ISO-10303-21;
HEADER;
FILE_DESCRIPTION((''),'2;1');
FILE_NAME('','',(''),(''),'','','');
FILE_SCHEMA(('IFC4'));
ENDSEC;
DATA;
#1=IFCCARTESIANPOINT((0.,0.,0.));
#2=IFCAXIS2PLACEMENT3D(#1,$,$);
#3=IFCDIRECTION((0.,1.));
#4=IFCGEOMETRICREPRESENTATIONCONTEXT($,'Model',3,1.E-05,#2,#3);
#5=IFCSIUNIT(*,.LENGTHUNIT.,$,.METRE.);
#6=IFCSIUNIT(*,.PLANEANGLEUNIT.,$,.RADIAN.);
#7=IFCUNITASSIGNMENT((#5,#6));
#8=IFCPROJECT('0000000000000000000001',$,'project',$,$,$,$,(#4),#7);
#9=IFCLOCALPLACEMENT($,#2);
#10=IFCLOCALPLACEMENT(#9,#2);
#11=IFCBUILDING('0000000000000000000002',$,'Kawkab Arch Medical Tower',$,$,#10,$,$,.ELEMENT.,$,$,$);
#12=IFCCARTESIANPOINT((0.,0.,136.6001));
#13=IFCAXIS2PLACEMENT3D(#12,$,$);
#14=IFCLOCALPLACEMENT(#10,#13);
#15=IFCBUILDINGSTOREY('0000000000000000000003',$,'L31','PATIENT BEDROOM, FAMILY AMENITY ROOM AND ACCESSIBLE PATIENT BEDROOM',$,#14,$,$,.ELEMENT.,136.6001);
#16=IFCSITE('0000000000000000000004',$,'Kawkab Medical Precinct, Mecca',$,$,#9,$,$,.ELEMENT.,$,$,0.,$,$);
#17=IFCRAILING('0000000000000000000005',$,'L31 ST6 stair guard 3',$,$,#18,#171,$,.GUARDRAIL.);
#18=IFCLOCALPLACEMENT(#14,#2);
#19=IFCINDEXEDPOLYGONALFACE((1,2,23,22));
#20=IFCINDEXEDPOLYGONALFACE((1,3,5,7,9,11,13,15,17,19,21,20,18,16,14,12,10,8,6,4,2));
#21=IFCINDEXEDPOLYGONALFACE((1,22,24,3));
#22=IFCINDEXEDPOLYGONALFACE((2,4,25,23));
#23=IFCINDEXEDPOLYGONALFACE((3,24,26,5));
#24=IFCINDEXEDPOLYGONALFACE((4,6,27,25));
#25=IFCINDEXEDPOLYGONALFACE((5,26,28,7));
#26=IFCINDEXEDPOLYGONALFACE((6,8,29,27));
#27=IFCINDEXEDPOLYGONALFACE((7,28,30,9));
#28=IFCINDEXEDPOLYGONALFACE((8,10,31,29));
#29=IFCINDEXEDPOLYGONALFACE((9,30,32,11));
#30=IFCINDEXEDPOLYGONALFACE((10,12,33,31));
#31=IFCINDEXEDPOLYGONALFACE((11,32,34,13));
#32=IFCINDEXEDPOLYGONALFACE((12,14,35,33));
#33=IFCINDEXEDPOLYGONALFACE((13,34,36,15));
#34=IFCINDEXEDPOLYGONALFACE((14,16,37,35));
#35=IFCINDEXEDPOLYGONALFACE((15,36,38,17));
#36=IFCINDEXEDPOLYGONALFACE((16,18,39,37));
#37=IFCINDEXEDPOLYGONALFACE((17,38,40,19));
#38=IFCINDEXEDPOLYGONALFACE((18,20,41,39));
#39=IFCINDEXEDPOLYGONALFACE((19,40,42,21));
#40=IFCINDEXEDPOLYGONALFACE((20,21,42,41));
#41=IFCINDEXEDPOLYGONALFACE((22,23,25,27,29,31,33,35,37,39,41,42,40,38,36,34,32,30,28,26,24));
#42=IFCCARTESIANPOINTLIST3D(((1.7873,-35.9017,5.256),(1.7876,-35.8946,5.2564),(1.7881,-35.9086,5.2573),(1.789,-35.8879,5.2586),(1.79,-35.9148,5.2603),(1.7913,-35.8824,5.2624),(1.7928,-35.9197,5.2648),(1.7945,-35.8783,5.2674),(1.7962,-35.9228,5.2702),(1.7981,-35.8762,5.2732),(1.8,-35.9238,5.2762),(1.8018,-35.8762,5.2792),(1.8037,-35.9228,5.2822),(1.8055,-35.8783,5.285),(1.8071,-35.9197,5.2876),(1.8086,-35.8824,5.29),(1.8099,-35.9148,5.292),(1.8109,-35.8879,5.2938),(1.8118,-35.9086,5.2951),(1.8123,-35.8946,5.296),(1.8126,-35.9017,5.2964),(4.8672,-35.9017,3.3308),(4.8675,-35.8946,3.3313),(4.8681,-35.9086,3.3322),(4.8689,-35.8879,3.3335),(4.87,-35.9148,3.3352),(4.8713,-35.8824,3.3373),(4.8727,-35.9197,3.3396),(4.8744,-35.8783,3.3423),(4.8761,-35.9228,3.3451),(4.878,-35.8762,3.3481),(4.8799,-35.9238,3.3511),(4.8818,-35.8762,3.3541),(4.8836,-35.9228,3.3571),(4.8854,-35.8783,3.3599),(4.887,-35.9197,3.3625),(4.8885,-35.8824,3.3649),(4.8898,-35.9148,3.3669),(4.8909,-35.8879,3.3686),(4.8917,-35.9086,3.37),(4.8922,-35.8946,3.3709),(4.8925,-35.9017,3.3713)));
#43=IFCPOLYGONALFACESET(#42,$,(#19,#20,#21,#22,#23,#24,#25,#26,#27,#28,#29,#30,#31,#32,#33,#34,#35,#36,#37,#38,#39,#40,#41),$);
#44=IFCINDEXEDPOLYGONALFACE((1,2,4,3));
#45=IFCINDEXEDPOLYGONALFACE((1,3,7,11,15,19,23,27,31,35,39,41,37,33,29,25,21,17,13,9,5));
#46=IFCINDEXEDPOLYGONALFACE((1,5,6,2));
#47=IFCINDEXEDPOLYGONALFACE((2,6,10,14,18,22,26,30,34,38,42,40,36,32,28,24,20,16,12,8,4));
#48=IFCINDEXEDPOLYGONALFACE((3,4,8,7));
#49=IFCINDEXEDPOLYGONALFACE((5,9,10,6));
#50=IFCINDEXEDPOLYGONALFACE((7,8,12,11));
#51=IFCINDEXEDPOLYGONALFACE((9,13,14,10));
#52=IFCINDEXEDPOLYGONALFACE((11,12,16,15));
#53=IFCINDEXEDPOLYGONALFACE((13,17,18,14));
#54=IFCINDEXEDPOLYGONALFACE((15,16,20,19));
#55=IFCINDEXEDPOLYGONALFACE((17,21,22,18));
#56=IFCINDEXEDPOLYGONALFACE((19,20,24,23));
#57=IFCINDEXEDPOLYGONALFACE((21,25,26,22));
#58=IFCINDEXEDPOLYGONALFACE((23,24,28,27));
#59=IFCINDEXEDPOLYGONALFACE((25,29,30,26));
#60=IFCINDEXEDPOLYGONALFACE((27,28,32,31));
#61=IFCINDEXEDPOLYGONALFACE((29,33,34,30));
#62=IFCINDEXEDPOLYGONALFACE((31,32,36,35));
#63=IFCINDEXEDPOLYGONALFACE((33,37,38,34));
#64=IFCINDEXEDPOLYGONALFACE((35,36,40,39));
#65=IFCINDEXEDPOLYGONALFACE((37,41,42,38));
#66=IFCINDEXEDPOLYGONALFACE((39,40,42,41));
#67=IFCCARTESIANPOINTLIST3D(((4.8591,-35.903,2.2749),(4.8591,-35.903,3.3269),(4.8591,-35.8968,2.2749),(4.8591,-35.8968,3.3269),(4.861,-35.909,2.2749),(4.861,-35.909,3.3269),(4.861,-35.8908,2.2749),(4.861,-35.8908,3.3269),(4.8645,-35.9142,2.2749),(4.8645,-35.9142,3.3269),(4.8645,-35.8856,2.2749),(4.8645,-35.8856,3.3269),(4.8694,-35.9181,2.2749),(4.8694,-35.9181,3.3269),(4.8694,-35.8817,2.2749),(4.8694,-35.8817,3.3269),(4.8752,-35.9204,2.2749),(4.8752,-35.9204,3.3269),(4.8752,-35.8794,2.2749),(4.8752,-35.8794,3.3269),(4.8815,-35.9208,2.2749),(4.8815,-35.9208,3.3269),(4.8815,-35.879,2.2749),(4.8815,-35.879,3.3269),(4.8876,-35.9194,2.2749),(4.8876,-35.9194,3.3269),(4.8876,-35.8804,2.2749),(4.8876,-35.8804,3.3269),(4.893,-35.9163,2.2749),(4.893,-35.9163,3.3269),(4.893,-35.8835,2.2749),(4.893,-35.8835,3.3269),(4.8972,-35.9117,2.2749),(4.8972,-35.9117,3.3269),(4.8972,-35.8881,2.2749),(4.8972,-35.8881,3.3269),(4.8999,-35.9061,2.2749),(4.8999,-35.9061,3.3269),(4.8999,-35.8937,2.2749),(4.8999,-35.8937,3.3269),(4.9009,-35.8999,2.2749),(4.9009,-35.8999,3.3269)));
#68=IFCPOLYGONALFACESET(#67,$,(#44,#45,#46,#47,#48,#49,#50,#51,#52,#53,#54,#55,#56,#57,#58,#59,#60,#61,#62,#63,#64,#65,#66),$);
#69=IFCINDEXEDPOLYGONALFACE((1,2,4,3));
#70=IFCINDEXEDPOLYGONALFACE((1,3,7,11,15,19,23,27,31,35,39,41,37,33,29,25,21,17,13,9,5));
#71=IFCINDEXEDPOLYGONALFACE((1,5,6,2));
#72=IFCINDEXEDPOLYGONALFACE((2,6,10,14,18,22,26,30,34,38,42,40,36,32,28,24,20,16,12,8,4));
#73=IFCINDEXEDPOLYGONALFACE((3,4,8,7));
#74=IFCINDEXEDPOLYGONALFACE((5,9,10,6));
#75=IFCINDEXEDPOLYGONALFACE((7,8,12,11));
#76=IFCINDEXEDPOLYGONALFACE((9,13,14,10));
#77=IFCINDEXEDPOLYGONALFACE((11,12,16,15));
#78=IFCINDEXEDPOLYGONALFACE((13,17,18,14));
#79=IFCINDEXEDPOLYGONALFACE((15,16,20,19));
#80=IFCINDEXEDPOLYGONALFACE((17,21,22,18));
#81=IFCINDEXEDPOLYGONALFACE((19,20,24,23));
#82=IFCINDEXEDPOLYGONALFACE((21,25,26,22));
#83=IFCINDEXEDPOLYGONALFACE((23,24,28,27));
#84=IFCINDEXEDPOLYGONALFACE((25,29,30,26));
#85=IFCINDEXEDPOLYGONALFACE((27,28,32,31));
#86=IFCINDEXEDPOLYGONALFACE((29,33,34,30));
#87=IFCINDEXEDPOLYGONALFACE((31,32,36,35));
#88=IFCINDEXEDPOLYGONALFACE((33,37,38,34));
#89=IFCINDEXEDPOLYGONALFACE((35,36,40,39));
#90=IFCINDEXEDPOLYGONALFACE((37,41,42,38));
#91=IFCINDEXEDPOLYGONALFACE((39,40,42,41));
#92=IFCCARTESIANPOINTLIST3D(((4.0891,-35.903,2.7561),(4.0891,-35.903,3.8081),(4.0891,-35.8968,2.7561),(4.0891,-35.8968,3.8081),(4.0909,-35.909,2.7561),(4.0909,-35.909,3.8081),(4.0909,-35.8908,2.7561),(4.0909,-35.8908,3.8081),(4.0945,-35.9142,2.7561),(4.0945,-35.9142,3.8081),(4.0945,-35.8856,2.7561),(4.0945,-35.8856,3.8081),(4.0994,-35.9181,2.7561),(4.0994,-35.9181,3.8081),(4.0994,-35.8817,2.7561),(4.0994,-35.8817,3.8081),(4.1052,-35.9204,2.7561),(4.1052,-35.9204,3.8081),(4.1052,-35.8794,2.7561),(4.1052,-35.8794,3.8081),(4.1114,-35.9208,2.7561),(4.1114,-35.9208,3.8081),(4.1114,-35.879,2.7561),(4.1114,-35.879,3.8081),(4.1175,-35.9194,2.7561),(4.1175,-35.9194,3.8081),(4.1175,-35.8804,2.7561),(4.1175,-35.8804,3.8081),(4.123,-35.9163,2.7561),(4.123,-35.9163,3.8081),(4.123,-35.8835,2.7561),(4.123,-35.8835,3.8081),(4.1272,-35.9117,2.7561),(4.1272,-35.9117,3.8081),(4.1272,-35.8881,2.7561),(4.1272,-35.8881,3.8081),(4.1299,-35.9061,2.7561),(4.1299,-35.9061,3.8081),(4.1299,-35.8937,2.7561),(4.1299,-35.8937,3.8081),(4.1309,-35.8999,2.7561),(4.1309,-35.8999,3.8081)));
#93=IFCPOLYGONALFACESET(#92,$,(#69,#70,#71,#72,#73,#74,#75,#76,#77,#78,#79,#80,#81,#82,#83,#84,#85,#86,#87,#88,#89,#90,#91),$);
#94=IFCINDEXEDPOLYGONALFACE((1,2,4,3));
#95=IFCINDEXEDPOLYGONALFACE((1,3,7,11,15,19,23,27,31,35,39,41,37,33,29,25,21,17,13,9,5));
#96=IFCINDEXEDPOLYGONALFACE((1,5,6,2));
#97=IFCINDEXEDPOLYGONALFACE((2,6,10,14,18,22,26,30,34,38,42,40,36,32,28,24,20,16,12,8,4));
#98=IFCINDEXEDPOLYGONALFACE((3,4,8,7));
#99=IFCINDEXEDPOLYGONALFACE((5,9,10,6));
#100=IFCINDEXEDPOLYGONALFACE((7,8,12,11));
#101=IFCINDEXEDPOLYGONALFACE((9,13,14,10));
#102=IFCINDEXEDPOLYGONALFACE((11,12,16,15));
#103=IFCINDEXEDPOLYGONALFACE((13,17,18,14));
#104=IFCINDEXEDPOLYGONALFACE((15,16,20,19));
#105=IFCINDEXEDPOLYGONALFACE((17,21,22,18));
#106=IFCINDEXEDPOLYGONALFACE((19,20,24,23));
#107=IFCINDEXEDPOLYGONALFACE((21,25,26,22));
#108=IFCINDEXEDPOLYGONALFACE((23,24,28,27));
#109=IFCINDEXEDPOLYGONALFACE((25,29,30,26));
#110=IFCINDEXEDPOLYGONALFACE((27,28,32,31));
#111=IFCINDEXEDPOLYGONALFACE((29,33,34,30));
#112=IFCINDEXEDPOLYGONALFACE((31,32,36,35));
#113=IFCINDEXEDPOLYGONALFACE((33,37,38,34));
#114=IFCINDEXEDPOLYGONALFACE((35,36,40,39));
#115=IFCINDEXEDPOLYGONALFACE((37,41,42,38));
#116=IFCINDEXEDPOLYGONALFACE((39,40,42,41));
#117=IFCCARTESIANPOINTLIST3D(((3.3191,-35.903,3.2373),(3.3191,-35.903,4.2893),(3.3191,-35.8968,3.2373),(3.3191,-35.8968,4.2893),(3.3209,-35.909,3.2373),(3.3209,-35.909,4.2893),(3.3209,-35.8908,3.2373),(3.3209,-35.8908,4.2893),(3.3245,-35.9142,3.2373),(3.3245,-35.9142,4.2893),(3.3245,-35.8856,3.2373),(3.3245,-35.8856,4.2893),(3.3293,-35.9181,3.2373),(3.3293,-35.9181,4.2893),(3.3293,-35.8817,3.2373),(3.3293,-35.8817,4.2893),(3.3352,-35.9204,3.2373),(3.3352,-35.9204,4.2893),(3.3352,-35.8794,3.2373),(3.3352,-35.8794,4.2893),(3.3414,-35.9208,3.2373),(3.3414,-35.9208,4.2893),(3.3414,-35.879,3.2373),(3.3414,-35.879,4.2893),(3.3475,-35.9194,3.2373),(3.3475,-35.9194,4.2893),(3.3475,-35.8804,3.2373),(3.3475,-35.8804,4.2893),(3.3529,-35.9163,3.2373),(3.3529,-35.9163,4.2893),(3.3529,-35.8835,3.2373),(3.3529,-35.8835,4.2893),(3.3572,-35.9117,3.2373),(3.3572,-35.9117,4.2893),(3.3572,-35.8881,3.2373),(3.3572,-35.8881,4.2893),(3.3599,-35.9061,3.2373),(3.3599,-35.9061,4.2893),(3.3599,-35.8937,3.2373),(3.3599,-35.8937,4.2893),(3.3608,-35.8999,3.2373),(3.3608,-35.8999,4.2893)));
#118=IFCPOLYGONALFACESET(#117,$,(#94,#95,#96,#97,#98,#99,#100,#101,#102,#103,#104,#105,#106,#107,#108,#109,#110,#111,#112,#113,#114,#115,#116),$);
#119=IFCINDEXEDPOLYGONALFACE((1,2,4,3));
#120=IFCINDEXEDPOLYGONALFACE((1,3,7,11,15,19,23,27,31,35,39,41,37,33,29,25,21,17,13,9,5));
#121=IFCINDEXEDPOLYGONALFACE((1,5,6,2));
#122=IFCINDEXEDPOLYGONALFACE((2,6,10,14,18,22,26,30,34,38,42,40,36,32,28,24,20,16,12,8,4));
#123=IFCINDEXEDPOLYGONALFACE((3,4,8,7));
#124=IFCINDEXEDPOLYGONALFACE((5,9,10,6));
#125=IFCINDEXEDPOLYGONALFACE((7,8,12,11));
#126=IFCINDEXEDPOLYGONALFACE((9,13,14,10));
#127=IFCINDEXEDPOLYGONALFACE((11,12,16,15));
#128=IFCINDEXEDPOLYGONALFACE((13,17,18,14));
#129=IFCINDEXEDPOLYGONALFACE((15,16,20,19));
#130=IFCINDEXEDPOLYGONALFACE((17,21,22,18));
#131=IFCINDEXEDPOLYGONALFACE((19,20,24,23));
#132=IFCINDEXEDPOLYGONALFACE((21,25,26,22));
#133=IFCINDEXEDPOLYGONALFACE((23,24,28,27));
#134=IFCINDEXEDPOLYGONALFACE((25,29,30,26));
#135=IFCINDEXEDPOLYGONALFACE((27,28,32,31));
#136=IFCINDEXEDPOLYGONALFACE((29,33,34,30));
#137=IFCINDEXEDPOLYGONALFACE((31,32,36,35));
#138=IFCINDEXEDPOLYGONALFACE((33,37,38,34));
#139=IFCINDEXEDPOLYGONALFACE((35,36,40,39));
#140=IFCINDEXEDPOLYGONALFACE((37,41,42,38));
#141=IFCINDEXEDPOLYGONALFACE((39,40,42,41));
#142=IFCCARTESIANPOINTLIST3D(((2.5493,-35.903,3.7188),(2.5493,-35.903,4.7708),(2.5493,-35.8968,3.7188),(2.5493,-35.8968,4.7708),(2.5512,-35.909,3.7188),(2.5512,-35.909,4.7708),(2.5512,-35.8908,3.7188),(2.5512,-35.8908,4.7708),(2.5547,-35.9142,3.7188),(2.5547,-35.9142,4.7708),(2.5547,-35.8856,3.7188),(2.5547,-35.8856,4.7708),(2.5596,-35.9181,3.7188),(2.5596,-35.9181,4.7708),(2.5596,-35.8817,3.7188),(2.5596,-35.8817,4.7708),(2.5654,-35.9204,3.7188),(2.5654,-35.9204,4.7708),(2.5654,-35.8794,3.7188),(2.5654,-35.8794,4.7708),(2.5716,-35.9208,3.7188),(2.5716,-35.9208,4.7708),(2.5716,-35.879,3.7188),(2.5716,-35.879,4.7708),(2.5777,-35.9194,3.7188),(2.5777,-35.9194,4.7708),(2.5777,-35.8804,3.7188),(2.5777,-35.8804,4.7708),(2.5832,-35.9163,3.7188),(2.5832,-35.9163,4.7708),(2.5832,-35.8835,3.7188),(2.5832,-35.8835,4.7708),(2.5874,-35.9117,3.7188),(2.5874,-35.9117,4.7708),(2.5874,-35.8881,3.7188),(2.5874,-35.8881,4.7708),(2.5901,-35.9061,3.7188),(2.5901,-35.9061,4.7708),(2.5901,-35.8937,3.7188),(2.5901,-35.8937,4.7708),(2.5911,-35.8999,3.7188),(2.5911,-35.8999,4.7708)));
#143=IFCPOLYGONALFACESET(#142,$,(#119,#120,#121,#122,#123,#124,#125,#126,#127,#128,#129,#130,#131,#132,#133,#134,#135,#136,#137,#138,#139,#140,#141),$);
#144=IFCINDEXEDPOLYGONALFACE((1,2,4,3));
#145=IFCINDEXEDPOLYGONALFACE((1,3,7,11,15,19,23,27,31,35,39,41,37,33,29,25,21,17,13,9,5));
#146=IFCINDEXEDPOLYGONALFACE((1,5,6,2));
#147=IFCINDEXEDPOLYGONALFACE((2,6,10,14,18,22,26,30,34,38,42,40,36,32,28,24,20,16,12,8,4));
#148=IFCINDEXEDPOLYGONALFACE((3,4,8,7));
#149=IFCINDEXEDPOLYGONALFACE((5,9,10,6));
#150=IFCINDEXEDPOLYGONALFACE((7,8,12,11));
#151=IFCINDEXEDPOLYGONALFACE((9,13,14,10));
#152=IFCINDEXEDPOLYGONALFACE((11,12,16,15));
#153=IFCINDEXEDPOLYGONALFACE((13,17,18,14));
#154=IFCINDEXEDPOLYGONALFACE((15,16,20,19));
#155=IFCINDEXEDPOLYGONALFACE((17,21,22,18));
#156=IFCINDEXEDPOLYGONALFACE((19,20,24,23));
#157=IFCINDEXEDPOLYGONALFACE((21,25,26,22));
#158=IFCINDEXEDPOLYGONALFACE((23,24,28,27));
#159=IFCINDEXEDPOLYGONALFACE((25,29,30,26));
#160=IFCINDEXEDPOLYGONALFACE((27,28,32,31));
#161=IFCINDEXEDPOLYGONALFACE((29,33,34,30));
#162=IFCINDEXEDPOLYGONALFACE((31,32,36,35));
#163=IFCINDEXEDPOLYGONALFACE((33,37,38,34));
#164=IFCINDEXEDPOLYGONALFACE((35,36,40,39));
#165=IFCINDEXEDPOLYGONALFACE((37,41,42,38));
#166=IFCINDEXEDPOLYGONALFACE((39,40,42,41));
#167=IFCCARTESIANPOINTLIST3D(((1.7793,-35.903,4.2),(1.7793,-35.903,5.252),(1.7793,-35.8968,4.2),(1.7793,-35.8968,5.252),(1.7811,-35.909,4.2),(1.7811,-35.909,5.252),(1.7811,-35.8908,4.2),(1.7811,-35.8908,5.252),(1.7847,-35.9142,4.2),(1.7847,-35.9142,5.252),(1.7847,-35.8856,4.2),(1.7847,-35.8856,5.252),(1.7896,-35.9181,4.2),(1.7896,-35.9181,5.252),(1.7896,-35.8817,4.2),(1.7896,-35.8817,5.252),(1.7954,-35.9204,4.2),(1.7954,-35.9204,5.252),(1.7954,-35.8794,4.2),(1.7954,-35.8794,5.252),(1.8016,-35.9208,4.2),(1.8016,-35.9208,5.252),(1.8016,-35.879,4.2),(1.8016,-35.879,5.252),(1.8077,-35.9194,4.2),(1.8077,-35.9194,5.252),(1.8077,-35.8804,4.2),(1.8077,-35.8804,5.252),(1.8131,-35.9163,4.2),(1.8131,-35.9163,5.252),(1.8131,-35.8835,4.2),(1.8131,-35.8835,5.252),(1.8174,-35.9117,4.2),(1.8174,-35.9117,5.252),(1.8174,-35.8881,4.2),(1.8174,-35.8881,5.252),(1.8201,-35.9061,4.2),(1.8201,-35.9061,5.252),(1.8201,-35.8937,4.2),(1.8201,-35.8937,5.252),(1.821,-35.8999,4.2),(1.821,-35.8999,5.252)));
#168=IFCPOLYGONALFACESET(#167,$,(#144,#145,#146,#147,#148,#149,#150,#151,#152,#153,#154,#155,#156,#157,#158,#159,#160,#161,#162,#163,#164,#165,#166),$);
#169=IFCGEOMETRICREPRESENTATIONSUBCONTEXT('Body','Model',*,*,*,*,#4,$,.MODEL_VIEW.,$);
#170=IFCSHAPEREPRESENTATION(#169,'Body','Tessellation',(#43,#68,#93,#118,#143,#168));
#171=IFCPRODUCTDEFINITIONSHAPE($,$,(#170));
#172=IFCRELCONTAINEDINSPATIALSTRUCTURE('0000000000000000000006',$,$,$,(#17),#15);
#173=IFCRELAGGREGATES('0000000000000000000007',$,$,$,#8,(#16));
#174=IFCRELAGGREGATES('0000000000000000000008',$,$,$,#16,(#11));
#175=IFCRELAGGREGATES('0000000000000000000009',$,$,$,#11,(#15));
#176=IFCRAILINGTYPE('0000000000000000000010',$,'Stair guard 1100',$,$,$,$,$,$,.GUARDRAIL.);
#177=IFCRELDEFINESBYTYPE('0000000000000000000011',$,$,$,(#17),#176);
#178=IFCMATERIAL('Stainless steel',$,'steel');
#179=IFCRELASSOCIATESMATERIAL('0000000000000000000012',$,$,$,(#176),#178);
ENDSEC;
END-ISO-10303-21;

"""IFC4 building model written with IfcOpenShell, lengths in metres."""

from ifc_helpers import new_model, si_unit, direction, frame, origin, origin_2d, place, context, subcontext, project, spatial, circle, extrude, material, type_object, element, save


model = new_model("IFC4")

# Units and contexts
model_context = context("Model", 3, precision=1e-05, world=origin(), true_north=direction((0.0, 1.0)))
body_context = subcontext(model_context, "Body", "Model", "MODEL_VIEW")
ifc_project = project(units=[si_unit("LENGTHUNIT", "METRE"), si_unit("PLANEANGLEUNIT", "RADIAN")], contexts=[model_context])

# Site, building, storey
site_placement = place(None, origin())
site = spatial("IfcSite", under=ifc_project, at=site_placement, Name="Kawkab Medical Precinct, Mecca", CompositionType="ELEMENT", RefElevation=0.0)
building_placement = place(site_placement, origin())
building = spatial("IfcBuilding", under=site, at=building_placement, Name="Kawkab Arch Medical Tower", CompositionType="ELEMENT")
storey_placement = place(building_placement, frame((0.0, 0.0, 136.6001)))
storey = spatial("IfcBuildingStorey", under=building, at=storey_placement, Name="L31", Description="PATIENT BEDROOM, FAMILY AMENITY ROOM AND ACCESSIBLE PATIENT BEDROOM", CompositionType="ELEMENT", Elevation=136.6001)

# Railing
ifc_material_1 = material(Name="Stainless steel", Category="steel")
railing_type = type_object("IfcRailingType", Name="Stair guard 1100", PredefinedType="GUARDRAIL", material=ifc_material_1)
railing_1_placement = place(storey_placement, frame((4.8799, -35.8999, 2.2749)))
element("IfcRailing", 1, at=railing_1_placement, inside=storey, type_object=railing_type, Name="L31 ST6 stair guard 3", PredefinedType="GUARDRAIL", context=body_context, shape_type="SweptSolid", body=[
    extrude(circle(Radius=0.0239, at=origin_2d()), frame((0.0, 0.0, 1.0762), z_axis=(-0.847979, 0.0, 0.530029), x_axis=(0.0, -1.0, 0.0)), (0.0, 0.0, 1.0), 3.6321),
    extrude(circle(Radius=0.021, at=origin_2d()), origin(), (0.0, 0.0, 1.0), 1.052),
    extrude(circle(Radius=0.021, at=origin_2d()), frame((-0.77, 0.0, 0.4812)), (0.0, 0.0, 1.0), 1.052),
    extrude(circle(Radius=0.021, at=origin_2d()), frame((-1.54, 0.0, 0.9624)), (0.0, 0.0, 1.0), 1.052),
    extrude(circle(Radius=0.021, at=origin_2d()), frame((-2.3098, 0.0, 1.4438)), (0.0, 0.0, 1.0), 1.052),
    extrude(circle(Radius=0.021, at=origin_2d()), frame((-3.0798, 0.0, 1.925)), (0.0, 0.0, 1.0), 1.052),
])

save(model, "model.ifc")
